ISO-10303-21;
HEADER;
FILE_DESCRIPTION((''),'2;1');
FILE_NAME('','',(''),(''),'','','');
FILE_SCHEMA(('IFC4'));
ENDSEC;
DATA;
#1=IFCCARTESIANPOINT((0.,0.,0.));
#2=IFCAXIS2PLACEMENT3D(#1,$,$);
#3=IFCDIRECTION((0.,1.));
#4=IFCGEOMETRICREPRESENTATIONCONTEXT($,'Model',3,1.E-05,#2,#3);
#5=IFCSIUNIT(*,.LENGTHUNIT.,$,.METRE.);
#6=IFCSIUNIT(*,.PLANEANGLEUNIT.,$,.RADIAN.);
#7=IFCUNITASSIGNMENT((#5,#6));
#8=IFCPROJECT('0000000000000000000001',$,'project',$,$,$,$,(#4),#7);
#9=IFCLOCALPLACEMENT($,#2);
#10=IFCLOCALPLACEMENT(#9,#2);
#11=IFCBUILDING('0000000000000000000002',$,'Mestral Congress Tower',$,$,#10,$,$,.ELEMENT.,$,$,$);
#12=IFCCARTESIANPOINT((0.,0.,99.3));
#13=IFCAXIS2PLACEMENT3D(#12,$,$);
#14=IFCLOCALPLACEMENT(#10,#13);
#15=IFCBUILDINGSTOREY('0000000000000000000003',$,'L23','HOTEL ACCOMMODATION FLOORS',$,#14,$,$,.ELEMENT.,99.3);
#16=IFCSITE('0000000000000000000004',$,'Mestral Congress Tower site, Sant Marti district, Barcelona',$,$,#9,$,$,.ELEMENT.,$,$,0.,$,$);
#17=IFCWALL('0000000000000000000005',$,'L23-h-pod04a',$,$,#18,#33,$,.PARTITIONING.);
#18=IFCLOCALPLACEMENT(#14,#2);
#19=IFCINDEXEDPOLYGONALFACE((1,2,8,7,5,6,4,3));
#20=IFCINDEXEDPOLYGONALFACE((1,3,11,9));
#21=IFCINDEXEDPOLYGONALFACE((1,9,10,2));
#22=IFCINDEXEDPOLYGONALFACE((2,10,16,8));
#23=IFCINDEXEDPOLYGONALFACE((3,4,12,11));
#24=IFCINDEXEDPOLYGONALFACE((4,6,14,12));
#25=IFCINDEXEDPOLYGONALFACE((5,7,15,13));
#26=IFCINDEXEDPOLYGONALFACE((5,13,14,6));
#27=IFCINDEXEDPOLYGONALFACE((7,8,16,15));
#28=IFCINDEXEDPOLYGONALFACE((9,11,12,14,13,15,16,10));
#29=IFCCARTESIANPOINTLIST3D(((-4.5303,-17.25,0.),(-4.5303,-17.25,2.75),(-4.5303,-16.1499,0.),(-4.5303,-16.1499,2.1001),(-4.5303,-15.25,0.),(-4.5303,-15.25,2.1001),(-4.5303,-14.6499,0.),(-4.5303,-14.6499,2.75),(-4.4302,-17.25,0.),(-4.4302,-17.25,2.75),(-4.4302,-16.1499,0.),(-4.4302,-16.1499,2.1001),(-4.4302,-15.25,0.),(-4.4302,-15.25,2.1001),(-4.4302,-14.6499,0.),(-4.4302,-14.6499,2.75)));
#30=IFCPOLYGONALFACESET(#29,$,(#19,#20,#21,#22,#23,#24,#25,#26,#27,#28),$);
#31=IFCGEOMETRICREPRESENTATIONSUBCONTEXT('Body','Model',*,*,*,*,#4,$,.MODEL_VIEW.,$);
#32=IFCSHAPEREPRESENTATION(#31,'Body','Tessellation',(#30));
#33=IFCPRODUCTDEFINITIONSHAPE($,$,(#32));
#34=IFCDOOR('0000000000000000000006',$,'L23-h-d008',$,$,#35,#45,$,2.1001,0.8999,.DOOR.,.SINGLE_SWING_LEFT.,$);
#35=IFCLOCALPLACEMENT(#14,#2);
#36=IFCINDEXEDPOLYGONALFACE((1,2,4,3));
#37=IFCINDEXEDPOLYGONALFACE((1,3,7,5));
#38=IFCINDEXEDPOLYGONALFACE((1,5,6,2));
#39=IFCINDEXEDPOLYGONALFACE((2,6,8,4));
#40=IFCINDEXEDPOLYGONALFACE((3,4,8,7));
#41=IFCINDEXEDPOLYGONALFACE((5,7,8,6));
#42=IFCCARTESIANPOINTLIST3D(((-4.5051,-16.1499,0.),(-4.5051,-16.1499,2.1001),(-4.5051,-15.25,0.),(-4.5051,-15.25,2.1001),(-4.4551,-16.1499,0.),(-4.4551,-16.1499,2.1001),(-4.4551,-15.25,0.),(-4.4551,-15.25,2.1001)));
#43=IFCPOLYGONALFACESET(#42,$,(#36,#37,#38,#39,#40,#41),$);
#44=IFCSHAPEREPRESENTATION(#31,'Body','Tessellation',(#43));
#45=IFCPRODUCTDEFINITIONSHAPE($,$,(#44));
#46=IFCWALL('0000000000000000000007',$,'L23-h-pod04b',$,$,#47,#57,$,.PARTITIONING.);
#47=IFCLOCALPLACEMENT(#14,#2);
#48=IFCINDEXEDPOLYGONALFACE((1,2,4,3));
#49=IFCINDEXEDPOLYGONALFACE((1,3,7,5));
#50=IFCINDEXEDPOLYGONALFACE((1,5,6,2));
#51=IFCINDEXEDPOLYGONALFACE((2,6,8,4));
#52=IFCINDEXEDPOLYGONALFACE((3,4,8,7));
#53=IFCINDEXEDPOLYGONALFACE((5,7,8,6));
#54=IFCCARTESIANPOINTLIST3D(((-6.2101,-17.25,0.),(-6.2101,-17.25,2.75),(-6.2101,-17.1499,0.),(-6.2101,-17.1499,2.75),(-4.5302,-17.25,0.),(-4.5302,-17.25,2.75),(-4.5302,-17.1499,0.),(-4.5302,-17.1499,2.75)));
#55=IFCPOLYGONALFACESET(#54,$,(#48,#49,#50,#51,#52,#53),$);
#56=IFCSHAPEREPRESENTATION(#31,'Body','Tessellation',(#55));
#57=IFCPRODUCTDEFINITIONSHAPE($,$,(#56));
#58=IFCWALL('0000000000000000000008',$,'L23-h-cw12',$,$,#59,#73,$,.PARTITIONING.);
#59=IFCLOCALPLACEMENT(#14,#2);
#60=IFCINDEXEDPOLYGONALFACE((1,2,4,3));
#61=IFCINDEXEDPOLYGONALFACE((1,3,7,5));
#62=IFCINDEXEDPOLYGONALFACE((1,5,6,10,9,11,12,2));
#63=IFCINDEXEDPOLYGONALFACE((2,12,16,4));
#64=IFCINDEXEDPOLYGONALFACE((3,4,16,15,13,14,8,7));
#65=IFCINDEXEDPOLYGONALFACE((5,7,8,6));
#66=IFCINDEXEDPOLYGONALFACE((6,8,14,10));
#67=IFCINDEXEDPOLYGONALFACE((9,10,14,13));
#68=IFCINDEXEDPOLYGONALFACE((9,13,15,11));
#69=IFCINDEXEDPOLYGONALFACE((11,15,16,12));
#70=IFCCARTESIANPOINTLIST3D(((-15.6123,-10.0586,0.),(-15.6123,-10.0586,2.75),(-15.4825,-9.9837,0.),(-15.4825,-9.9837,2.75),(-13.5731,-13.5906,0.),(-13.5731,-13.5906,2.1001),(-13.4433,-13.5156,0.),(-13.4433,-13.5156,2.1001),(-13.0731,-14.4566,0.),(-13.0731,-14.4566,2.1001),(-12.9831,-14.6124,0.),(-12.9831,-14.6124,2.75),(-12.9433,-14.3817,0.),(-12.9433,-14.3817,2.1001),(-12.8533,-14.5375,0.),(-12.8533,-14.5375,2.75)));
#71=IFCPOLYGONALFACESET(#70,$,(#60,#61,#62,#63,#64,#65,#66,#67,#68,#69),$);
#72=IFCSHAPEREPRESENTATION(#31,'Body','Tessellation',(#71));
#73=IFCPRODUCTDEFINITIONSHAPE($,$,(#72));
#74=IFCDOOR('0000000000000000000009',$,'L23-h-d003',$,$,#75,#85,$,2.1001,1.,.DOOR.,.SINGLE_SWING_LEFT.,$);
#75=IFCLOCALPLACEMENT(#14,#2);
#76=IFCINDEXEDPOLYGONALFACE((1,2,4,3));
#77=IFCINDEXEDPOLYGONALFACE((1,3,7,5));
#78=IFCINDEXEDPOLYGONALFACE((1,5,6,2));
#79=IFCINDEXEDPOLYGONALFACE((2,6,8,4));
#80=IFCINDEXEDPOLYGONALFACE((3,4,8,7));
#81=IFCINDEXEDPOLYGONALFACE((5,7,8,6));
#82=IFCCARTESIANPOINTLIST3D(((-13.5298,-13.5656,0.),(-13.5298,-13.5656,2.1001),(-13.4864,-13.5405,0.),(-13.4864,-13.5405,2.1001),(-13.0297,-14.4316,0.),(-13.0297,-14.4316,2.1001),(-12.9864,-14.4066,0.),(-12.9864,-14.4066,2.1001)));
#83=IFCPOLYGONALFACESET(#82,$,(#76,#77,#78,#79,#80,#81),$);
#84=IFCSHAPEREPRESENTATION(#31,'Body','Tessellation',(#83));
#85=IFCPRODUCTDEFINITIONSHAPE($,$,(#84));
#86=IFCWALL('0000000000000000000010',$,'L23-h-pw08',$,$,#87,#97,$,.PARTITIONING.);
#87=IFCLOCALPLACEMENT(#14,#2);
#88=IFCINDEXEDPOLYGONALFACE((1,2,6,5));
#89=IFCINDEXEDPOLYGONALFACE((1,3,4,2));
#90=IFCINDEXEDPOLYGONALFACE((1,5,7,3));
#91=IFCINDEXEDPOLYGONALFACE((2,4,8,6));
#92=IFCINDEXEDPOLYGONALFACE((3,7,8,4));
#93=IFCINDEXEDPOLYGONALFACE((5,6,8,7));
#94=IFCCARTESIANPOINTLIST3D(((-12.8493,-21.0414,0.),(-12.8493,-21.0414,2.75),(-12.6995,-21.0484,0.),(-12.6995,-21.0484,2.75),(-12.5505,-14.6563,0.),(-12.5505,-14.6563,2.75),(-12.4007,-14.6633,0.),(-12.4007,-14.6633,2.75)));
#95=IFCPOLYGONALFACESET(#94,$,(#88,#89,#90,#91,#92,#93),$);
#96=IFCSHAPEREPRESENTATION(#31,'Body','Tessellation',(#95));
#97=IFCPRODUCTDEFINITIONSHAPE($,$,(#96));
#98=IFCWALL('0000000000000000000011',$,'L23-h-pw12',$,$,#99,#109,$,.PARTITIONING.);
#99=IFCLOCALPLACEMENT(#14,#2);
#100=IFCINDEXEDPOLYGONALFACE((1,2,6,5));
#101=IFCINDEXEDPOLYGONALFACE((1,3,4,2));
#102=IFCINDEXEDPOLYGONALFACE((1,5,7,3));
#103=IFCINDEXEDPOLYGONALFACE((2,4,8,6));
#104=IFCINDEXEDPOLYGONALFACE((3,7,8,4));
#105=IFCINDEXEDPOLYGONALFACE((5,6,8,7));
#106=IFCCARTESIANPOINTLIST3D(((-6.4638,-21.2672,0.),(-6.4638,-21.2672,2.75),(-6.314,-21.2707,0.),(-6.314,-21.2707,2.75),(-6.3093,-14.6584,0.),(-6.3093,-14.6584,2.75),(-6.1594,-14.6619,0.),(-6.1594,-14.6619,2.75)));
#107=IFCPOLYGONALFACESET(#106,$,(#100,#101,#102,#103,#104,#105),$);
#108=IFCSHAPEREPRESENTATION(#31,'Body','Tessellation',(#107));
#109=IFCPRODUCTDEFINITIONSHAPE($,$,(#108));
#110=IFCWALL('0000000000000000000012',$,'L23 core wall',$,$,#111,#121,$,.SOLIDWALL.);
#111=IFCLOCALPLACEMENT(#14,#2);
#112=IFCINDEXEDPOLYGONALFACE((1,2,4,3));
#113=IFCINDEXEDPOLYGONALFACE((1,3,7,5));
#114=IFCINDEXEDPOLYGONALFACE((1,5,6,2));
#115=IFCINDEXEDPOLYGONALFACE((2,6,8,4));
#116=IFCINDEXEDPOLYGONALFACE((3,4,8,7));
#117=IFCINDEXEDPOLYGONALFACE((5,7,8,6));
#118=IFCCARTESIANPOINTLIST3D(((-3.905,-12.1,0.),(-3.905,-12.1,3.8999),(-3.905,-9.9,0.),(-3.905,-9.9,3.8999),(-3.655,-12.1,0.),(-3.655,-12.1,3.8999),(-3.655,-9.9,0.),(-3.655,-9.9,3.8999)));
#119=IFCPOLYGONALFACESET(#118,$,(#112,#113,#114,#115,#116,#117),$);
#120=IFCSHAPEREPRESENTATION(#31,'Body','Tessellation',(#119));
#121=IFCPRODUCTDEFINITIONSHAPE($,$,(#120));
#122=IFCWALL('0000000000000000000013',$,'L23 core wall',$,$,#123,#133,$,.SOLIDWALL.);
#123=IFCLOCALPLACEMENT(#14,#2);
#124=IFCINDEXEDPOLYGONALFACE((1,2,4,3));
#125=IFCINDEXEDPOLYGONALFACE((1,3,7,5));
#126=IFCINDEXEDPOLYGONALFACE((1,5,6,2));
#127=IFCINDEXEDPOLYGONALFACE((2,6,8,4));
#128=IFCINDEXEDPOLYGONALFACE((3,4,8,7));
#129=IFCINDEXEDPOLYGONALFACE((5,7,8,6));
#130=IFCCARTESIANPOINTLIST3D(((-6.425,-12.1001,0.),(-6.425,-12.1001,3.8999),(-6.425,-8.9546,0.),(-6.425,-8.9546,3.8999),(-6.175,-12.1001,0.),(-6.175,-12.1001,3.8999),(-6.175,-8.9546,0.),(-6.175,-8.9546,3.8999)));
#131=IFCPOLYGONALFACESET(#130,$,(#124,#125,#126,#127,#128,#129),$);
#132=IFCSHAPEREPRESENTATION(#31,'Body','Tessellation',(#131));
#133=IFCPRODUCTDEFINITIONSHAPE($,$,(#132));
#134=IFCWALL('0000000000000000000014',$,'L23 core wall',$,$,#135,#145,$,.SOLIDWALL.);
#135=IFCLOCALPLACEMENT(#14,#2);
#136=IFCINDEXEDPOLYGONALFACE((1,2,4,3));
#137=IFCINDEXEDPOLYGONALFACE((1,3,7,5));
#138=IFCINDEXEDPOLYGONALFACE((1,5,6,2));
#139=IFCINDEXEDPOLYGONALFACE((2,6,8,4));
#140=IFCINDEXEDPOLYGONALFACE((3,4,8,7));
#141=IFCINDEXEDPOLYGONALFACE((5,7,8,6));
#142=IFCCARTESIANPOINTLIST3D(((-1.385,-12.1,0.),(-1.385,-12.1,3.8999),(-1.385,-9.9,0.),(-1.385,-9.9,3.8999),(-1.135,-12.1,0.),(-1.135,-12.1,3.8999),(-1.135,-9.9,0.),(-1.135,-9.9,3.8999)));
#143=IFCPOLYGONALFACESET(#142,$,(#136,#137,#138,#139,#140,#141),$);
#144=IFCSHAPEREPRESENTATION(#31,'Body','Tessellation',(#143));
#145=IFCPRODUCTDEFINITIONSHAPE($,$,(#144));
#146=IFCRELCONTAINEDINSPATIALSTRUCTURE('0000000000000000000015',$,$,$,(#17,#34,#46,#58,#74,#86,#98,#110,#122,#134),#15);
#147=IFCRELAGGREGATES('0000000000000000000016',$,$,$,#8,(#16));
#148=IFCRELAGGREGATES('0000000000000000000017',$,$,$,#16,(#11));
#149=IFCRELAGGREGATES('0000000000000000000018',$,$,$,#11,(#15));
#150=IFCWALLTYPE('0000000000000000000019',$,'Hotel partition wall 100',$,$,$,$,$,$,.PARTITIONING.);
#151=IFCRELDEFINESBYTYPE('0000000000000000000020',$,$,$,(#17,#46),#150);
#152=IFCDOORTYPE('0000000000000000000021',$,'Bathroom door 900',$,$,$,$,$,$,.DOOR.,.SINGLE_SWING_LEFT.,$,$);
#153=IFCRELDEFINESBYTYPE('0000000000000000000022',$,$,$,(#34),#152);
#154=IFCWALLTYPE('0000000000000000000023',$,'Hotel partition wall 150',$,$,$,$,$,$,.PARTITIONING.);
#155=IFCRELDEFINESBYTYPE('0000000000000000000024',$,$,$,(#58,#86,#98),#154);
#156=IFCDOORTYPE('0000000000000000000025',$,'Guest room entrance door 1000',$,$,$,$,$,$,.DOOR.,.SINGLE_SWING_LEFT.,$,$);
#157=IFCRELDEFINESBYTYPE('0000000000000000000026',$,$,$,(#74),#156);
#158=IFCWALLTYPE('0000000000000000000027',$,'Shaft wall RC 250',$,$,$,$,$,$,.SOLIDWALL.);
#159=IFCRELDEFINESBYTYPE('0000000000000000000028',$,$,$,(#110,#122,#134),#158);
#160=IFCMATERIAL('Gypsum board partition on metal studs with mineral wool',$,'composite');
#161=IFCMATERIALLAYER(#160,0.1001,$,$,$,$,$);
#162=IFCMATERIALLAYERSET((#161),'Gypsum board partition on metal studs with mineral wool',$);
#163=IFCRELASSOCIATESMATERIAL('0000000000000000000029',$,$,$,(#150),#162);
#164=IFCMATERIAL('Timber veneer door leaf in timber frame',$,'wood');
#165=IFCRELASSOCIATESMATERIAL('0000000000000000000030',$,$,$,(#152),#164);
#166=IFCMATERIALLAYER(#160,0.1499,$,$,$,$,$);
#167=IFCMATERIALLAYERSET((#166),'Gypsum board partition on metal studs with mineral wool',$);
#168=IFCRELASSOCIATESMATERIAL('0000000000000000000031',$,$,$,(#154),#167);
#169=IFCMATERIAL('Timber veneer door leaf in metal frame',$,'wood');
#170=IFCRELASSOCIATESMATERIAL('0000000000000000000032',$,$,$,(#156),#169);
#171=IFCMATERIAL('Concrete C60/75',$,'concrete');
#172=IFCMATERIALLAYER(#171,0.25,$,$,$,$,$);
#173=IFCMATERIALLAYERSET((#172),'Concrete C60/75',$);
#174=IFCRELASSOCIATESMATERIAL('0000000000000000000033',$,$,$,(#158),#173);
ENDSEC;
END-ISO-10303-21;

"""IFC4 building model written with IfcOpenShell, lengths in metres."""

from ifc_helpers import new_model, si_unit, direction, frame, frame_2d, origin, place, context, subcontext, project, spatial, rectangle, extrude, material, layer, layer_set, type_object, element, fill, save


model = new_model("IFC4")

# Units and contexts
model_context = context("Model", 3, precision=1e-05, world=origin(), true_north=direction((0.0, 1.0)))
body_context = subcontext(model_context, "Body", "Model", "MODEL_VIEW")
ifc_project = project(units=[si_unit("LENGTHUNIT", "METRE"), si_unit("PLANEANGLEUNIT", "RADIAN")], contexts=[model_context])

# Site, building, storey
site_placement = place(None, origin())
site = spatial("IfcSite", under=ifc_project, at=site_placement, Name="Mestral Congress Tower site, Sant Marti district, Barcelona", CompositionType="ELEMENT", RefElevation=0.0)
building_placement = place(site_placement, origin())
building = spatial("IfcBuilding", under=site, at=building_placement, Name="Mestral Congress Tower", CompositionType="ELEMENT")
storey_placement = place(building_placement, frame((0.0, 0.0, 99.3)))
storey = spatial("IfcBuildingStorey", under=building, at=storey_placement, Name="L23", Description="HOTEL ACCOMMODATION FLOORS", CompositionType="ELEMENT", Elevation=99.3)

# Shared definitions
ifc_material_1 = material(Name="Concrete C60/75", Category="concrete")

# Shared definitions
ifc_material_2 = material(Name="Gypsum board partition on metal studs with mineral wool", Category="composite")
ifc_layer_1 = layer(ifc_material_2, 0.1001)
ifc_layer_set_1 = layer_set([ifc_layer_1], Name="Gypsum board partition on metal studs with mineral wool")
wall_type_1 = type_object("IfcWallType", Name="Hotel partition wall 100", PredefinedType="PARTITIONING", material=ifc_layer_set_1)
ifc_material_3 = material(Name="Timber veneer door leaf in timber frame", Category="wood")
door_type_1 = type_object("IfcDoorType", Name="Bathroom door 900", OperationType="SINGLE_SWING_LEFT", PredefinedType="DOOR", material=ifc_material_3)

# Wall, opening, door
wall_1_placement = place(storey_placement, frame((-4.4802, -17.25, 0.0), z_axis=(0.0, 0.0, 1.0), x_axis=(0.0, 1.0, 0.0)))
wall_1 = element("IfcWall", 1, at=wall_1_placement, inside=storey, type_object=wall_type_1, Name="L23-h-pod04a", PredefinedType="PARTITIONING", context=body_context, shape_type="SweptSolid", body=[
    extrude(rectangle(XDim=2.6001, YDim=0.1001, at=frame_2d((1.3, 0.0))), origin(), (0.0, 0.0, 1.0), 2.75),
])
opening_1_placement = place(wall_1_placement, frame((1.1001, 0.0, 0.0)))
opening_1 = element("IfcOpeningElement", 2, at=opening_1_placement, cuts=wall_1, PredefinedType="OPENING", context=body_context, shape_type="SweptSolid", body=[
    extrude(rectangle(XDim=0.8999, YDim=2.1001, at=frame_2d((0.45, 1.05))), frame((0.0, 0.0601, 0.0), z_axis=(0.0, -1.0, 0.0), x_axis=(1.0, 0.0, 0.0)), (0.0, 0.0, 1.0), 0.1201),
])
door_1_placement = place(opening_1_placement, origin())
door_1 = element("IfcDoor", 3, at=door_1_placement, inside=storey, type_object=door_type_1, Name="L23-h-d008", OperationType="SINGLE_SWING_LEFT", OverallHeight=2.1001, OverallWidth=0.8999, PredefinedType="DOOR", context=body_context, shape_type="SweptSolid", body=[
    extrude(rectangle(XDim=0.8999, YDim=2.1001, at=frame_2d((0.45, 1.05))), frame((0.0, 0.0249, 0.0), z_axis=(0.0, -1.0, 0.0), x_axis=(1.0, 0.0, 0.0)), (0.0, 0.0, 1.0), 0.05),
])
fill(opening_1, door_1)

# Wall
wall_2_placement = place(storey_placement, frame((-4.5303, -17.2, 0.0), z_axis=(0.0, 0.0, 1.0), x_axis=(-1.0, 0.0, 0.0)))
element("IfcWall", 4, at=wall_2_placement, inside=storey, type_object=wall_type_1, Name="L23-h-pod04b", PredefinedType="PARTITIONING", context=body_context, shape_type="SweptSolid", body=[
    extrude(rectangle(XDim=1.6799, YDim=0.1001, at=frame_2d((0.8398, 0.0))), origin(), (0.0, 0.0, 1.0), 2.75),
])

# Wall, opening, door
ifc_layer_2 = layer(ifc_material_2, 0.1499)
ifc_layer_set_2 = layer_set([ifc_layer_2], Name="Gypsum board partition on metal studs with mineral wool")
wall_type_2 = type_object("IfcWallType", Name="Hotel partition wall 150", PredefinedType="PARTITIONING", material=ifc_layer_set_2)
wall_3_placement = place(storey_placement, frame((-12.9182, -14.575, 0.0), z_axis=(0.0, 0.0, 1.0), x_axis=(-0.500009, 0.86602, 0.0)))
wall_3 = element("IfcWall", 5, at=wall_3_placement, inside=storey, type_object=wall_type_2, Name="L23-h-cw12", PredefinedType="PARTITIONING", context=body_context, shape_type="SweptSolid", body=[
    extrude(rectangle(XDim=5.2583, YDim=0.1499, at=frame_2d((2.6292, 0.0))), origin(), (0.0, 0.0, 1.0), 2.75),
])
opening_2_placement = place(wall_3_placement, frame((0.1799, 0.0, 0.0)))
opening_2 = element("IfcOpeningElement", 6, at=opening_2_placement, cuts=wall_3, PredefinedType="OPENING", context=body_context, shape_type="SweptSolid", body=[
    extrude(rectangle(XDim=1.0, YDim=2.1001, at=frame_2d((0.5, 1.05))), frame((0.0, 0.085, 0.0), z_axis=(0.0, -1.0, 0.0), x_axis=(1.0, 0.0, 0.0)), (0.0, 0.0, 1.0), 0.1699),
])
ifc_material_4 = material(Name="Timber veneer door leaf in metal frame", Category="wood")
door_type_2 = type_object("IfcDoorType", Name="Guest room entrance door 1000", OperationType="SINGLE_SWING_LEFT", PredefinedType="DOOR", material=ifc_material_4)
door_2_placement = place(opening_2_placement, origin())
door_2 = element("IfcDoor", 7, at=door_2_placement, inside=storey, type_object=door_type_2, Name="L23-h-d003", OperationType="SINGLE_SWING_LEFT", OverallHeight=2.1001, OverallWidth=1.0, PredefinedType="DOOR", context=body_context, shape_type="SweptSolid", body=[
    extrude(rectangle(XDim=1.0, YDim=2.1001, at=frame_2d((0.5, 1.05))), frame((0.0, 0.0249, 0.0), z_axis=(0.0, -1.0, 0.0), x_axis=(1.0, 0.0, 0.0)), (0.0, 0.0, 1.0), 0.05),
])
fill(opening_2, door_2)

# Walls
wall_4_placement = place(storey_placement, frame((-12.7744, -21.0449, 0.0), z_axis=(0.0, 0.0, 1.0), x_axis=(0.04675, 0.998907, 0.0)))
element("IfcWall", 8, at=wall_4_placement, inside=storey, type_object=wall_type_2, Name="L23-h-pw08", PredefinedType="PARTITIONING", context=body_context, shape_type="SweptSolid", body=[
    extrude(rectangle(XDim=6.3921, YDim=0.1499, at=frame_2d((3.196, 0.0))), origin(), (0.0, 0.0, 1.0), 2.75),
])
wall_5_placement = place(storey_placement, frame((-6.3889, -21.2688, 0.0), z_axis=(0.0, 0.0, 1.0), x_axis=(0.023377, 0.999727, 0.0)))
element("IfcWall", 9, at=wall_5_placement, inside=storey, type_object=wall_type_2, Name="L23-h-pw12", PredefinedType="PARTITIONING", context=body_context, shape_type="SweptSolid", body=[
    extrude(rectangle(XDim=6.6106, YDim=0.1499, at=frame_2d((3.3052, 0.0))), origin(), (0.0, 0.0, 1.0), 2.75),
])
ifc_layer_3 = layer(ifc_material_1, 0.25)
ifc_layer_set_3 = layer_set([ifc_layer_3], Name="Concrete C60/75")
wall_type_3 = type_object("IfcWallType", Name="Shaft wall RC 250", PredefinedType="SOLIDWALL", material=ifc_layer_set_3)
wall_6_placement = place(storey_placement, frame((-3.78, -12.1001, 0.0), z_axis=(0.0, 0.0, 1.0), x_axis=(0.0, 1.0, 0.0)))
element("IfcWall", 10, at=wall_6_placement, inside=storey, type_object=wall_type_3, Name="L23 core wall", PredefinedType="SOLIDWALL", context=body_context, shape_type="SweptSolid", body=[
    extrude(rectangle(XDim=2.2, YDim=0.25, at=frame_2d((1.1001, 0.0))), origin(), (0.0, 0.0, 1.0), 3.8999),
])
wall_7_placement = place(storey_placement, frame((-6.3, -12.1001, 0.0), z_axis=(0.0, 0.0, 1.0), x_axis=(0.0, 1.0, 0.0)))
element("IfcWall", 11, at=wall_7_placement, inside=storey, type_object=wall_type_3, Name="L23 core wall", PredefinedType="SOLIDWALL", context=body_context, shape_type="SweptSolid", body=[
    extrude(rectangle(XDim=3.1455, YDim=0.25, at=frame_2d((1.5728, 0.0))), origin(), (0.0, 0.0, 1.0), 3.8999),
])
wall_8_placement = place(storey_placement, frame((-1.26, -12.1001, 0.0), z_axis=(0.0, 0.0, 1.0), x_axis=(0.0, 1.0, 0.0)))
element("IfcWall", 12, at=wall_8_placement, inside=storey, type_object=wall_type_3, Name="L23 core wall", PredefinedType="SOLIDWALL", context=body_context, shape_type="SweptSolid", body=[
    extrude(rectangle(XDim=2.2, YDim=0.25, at=frame_2d((1.1001, 0.0))), origin(), (0.0, 0.0, 1.0), 3.8999),
])

save(model, "model.ifc")
